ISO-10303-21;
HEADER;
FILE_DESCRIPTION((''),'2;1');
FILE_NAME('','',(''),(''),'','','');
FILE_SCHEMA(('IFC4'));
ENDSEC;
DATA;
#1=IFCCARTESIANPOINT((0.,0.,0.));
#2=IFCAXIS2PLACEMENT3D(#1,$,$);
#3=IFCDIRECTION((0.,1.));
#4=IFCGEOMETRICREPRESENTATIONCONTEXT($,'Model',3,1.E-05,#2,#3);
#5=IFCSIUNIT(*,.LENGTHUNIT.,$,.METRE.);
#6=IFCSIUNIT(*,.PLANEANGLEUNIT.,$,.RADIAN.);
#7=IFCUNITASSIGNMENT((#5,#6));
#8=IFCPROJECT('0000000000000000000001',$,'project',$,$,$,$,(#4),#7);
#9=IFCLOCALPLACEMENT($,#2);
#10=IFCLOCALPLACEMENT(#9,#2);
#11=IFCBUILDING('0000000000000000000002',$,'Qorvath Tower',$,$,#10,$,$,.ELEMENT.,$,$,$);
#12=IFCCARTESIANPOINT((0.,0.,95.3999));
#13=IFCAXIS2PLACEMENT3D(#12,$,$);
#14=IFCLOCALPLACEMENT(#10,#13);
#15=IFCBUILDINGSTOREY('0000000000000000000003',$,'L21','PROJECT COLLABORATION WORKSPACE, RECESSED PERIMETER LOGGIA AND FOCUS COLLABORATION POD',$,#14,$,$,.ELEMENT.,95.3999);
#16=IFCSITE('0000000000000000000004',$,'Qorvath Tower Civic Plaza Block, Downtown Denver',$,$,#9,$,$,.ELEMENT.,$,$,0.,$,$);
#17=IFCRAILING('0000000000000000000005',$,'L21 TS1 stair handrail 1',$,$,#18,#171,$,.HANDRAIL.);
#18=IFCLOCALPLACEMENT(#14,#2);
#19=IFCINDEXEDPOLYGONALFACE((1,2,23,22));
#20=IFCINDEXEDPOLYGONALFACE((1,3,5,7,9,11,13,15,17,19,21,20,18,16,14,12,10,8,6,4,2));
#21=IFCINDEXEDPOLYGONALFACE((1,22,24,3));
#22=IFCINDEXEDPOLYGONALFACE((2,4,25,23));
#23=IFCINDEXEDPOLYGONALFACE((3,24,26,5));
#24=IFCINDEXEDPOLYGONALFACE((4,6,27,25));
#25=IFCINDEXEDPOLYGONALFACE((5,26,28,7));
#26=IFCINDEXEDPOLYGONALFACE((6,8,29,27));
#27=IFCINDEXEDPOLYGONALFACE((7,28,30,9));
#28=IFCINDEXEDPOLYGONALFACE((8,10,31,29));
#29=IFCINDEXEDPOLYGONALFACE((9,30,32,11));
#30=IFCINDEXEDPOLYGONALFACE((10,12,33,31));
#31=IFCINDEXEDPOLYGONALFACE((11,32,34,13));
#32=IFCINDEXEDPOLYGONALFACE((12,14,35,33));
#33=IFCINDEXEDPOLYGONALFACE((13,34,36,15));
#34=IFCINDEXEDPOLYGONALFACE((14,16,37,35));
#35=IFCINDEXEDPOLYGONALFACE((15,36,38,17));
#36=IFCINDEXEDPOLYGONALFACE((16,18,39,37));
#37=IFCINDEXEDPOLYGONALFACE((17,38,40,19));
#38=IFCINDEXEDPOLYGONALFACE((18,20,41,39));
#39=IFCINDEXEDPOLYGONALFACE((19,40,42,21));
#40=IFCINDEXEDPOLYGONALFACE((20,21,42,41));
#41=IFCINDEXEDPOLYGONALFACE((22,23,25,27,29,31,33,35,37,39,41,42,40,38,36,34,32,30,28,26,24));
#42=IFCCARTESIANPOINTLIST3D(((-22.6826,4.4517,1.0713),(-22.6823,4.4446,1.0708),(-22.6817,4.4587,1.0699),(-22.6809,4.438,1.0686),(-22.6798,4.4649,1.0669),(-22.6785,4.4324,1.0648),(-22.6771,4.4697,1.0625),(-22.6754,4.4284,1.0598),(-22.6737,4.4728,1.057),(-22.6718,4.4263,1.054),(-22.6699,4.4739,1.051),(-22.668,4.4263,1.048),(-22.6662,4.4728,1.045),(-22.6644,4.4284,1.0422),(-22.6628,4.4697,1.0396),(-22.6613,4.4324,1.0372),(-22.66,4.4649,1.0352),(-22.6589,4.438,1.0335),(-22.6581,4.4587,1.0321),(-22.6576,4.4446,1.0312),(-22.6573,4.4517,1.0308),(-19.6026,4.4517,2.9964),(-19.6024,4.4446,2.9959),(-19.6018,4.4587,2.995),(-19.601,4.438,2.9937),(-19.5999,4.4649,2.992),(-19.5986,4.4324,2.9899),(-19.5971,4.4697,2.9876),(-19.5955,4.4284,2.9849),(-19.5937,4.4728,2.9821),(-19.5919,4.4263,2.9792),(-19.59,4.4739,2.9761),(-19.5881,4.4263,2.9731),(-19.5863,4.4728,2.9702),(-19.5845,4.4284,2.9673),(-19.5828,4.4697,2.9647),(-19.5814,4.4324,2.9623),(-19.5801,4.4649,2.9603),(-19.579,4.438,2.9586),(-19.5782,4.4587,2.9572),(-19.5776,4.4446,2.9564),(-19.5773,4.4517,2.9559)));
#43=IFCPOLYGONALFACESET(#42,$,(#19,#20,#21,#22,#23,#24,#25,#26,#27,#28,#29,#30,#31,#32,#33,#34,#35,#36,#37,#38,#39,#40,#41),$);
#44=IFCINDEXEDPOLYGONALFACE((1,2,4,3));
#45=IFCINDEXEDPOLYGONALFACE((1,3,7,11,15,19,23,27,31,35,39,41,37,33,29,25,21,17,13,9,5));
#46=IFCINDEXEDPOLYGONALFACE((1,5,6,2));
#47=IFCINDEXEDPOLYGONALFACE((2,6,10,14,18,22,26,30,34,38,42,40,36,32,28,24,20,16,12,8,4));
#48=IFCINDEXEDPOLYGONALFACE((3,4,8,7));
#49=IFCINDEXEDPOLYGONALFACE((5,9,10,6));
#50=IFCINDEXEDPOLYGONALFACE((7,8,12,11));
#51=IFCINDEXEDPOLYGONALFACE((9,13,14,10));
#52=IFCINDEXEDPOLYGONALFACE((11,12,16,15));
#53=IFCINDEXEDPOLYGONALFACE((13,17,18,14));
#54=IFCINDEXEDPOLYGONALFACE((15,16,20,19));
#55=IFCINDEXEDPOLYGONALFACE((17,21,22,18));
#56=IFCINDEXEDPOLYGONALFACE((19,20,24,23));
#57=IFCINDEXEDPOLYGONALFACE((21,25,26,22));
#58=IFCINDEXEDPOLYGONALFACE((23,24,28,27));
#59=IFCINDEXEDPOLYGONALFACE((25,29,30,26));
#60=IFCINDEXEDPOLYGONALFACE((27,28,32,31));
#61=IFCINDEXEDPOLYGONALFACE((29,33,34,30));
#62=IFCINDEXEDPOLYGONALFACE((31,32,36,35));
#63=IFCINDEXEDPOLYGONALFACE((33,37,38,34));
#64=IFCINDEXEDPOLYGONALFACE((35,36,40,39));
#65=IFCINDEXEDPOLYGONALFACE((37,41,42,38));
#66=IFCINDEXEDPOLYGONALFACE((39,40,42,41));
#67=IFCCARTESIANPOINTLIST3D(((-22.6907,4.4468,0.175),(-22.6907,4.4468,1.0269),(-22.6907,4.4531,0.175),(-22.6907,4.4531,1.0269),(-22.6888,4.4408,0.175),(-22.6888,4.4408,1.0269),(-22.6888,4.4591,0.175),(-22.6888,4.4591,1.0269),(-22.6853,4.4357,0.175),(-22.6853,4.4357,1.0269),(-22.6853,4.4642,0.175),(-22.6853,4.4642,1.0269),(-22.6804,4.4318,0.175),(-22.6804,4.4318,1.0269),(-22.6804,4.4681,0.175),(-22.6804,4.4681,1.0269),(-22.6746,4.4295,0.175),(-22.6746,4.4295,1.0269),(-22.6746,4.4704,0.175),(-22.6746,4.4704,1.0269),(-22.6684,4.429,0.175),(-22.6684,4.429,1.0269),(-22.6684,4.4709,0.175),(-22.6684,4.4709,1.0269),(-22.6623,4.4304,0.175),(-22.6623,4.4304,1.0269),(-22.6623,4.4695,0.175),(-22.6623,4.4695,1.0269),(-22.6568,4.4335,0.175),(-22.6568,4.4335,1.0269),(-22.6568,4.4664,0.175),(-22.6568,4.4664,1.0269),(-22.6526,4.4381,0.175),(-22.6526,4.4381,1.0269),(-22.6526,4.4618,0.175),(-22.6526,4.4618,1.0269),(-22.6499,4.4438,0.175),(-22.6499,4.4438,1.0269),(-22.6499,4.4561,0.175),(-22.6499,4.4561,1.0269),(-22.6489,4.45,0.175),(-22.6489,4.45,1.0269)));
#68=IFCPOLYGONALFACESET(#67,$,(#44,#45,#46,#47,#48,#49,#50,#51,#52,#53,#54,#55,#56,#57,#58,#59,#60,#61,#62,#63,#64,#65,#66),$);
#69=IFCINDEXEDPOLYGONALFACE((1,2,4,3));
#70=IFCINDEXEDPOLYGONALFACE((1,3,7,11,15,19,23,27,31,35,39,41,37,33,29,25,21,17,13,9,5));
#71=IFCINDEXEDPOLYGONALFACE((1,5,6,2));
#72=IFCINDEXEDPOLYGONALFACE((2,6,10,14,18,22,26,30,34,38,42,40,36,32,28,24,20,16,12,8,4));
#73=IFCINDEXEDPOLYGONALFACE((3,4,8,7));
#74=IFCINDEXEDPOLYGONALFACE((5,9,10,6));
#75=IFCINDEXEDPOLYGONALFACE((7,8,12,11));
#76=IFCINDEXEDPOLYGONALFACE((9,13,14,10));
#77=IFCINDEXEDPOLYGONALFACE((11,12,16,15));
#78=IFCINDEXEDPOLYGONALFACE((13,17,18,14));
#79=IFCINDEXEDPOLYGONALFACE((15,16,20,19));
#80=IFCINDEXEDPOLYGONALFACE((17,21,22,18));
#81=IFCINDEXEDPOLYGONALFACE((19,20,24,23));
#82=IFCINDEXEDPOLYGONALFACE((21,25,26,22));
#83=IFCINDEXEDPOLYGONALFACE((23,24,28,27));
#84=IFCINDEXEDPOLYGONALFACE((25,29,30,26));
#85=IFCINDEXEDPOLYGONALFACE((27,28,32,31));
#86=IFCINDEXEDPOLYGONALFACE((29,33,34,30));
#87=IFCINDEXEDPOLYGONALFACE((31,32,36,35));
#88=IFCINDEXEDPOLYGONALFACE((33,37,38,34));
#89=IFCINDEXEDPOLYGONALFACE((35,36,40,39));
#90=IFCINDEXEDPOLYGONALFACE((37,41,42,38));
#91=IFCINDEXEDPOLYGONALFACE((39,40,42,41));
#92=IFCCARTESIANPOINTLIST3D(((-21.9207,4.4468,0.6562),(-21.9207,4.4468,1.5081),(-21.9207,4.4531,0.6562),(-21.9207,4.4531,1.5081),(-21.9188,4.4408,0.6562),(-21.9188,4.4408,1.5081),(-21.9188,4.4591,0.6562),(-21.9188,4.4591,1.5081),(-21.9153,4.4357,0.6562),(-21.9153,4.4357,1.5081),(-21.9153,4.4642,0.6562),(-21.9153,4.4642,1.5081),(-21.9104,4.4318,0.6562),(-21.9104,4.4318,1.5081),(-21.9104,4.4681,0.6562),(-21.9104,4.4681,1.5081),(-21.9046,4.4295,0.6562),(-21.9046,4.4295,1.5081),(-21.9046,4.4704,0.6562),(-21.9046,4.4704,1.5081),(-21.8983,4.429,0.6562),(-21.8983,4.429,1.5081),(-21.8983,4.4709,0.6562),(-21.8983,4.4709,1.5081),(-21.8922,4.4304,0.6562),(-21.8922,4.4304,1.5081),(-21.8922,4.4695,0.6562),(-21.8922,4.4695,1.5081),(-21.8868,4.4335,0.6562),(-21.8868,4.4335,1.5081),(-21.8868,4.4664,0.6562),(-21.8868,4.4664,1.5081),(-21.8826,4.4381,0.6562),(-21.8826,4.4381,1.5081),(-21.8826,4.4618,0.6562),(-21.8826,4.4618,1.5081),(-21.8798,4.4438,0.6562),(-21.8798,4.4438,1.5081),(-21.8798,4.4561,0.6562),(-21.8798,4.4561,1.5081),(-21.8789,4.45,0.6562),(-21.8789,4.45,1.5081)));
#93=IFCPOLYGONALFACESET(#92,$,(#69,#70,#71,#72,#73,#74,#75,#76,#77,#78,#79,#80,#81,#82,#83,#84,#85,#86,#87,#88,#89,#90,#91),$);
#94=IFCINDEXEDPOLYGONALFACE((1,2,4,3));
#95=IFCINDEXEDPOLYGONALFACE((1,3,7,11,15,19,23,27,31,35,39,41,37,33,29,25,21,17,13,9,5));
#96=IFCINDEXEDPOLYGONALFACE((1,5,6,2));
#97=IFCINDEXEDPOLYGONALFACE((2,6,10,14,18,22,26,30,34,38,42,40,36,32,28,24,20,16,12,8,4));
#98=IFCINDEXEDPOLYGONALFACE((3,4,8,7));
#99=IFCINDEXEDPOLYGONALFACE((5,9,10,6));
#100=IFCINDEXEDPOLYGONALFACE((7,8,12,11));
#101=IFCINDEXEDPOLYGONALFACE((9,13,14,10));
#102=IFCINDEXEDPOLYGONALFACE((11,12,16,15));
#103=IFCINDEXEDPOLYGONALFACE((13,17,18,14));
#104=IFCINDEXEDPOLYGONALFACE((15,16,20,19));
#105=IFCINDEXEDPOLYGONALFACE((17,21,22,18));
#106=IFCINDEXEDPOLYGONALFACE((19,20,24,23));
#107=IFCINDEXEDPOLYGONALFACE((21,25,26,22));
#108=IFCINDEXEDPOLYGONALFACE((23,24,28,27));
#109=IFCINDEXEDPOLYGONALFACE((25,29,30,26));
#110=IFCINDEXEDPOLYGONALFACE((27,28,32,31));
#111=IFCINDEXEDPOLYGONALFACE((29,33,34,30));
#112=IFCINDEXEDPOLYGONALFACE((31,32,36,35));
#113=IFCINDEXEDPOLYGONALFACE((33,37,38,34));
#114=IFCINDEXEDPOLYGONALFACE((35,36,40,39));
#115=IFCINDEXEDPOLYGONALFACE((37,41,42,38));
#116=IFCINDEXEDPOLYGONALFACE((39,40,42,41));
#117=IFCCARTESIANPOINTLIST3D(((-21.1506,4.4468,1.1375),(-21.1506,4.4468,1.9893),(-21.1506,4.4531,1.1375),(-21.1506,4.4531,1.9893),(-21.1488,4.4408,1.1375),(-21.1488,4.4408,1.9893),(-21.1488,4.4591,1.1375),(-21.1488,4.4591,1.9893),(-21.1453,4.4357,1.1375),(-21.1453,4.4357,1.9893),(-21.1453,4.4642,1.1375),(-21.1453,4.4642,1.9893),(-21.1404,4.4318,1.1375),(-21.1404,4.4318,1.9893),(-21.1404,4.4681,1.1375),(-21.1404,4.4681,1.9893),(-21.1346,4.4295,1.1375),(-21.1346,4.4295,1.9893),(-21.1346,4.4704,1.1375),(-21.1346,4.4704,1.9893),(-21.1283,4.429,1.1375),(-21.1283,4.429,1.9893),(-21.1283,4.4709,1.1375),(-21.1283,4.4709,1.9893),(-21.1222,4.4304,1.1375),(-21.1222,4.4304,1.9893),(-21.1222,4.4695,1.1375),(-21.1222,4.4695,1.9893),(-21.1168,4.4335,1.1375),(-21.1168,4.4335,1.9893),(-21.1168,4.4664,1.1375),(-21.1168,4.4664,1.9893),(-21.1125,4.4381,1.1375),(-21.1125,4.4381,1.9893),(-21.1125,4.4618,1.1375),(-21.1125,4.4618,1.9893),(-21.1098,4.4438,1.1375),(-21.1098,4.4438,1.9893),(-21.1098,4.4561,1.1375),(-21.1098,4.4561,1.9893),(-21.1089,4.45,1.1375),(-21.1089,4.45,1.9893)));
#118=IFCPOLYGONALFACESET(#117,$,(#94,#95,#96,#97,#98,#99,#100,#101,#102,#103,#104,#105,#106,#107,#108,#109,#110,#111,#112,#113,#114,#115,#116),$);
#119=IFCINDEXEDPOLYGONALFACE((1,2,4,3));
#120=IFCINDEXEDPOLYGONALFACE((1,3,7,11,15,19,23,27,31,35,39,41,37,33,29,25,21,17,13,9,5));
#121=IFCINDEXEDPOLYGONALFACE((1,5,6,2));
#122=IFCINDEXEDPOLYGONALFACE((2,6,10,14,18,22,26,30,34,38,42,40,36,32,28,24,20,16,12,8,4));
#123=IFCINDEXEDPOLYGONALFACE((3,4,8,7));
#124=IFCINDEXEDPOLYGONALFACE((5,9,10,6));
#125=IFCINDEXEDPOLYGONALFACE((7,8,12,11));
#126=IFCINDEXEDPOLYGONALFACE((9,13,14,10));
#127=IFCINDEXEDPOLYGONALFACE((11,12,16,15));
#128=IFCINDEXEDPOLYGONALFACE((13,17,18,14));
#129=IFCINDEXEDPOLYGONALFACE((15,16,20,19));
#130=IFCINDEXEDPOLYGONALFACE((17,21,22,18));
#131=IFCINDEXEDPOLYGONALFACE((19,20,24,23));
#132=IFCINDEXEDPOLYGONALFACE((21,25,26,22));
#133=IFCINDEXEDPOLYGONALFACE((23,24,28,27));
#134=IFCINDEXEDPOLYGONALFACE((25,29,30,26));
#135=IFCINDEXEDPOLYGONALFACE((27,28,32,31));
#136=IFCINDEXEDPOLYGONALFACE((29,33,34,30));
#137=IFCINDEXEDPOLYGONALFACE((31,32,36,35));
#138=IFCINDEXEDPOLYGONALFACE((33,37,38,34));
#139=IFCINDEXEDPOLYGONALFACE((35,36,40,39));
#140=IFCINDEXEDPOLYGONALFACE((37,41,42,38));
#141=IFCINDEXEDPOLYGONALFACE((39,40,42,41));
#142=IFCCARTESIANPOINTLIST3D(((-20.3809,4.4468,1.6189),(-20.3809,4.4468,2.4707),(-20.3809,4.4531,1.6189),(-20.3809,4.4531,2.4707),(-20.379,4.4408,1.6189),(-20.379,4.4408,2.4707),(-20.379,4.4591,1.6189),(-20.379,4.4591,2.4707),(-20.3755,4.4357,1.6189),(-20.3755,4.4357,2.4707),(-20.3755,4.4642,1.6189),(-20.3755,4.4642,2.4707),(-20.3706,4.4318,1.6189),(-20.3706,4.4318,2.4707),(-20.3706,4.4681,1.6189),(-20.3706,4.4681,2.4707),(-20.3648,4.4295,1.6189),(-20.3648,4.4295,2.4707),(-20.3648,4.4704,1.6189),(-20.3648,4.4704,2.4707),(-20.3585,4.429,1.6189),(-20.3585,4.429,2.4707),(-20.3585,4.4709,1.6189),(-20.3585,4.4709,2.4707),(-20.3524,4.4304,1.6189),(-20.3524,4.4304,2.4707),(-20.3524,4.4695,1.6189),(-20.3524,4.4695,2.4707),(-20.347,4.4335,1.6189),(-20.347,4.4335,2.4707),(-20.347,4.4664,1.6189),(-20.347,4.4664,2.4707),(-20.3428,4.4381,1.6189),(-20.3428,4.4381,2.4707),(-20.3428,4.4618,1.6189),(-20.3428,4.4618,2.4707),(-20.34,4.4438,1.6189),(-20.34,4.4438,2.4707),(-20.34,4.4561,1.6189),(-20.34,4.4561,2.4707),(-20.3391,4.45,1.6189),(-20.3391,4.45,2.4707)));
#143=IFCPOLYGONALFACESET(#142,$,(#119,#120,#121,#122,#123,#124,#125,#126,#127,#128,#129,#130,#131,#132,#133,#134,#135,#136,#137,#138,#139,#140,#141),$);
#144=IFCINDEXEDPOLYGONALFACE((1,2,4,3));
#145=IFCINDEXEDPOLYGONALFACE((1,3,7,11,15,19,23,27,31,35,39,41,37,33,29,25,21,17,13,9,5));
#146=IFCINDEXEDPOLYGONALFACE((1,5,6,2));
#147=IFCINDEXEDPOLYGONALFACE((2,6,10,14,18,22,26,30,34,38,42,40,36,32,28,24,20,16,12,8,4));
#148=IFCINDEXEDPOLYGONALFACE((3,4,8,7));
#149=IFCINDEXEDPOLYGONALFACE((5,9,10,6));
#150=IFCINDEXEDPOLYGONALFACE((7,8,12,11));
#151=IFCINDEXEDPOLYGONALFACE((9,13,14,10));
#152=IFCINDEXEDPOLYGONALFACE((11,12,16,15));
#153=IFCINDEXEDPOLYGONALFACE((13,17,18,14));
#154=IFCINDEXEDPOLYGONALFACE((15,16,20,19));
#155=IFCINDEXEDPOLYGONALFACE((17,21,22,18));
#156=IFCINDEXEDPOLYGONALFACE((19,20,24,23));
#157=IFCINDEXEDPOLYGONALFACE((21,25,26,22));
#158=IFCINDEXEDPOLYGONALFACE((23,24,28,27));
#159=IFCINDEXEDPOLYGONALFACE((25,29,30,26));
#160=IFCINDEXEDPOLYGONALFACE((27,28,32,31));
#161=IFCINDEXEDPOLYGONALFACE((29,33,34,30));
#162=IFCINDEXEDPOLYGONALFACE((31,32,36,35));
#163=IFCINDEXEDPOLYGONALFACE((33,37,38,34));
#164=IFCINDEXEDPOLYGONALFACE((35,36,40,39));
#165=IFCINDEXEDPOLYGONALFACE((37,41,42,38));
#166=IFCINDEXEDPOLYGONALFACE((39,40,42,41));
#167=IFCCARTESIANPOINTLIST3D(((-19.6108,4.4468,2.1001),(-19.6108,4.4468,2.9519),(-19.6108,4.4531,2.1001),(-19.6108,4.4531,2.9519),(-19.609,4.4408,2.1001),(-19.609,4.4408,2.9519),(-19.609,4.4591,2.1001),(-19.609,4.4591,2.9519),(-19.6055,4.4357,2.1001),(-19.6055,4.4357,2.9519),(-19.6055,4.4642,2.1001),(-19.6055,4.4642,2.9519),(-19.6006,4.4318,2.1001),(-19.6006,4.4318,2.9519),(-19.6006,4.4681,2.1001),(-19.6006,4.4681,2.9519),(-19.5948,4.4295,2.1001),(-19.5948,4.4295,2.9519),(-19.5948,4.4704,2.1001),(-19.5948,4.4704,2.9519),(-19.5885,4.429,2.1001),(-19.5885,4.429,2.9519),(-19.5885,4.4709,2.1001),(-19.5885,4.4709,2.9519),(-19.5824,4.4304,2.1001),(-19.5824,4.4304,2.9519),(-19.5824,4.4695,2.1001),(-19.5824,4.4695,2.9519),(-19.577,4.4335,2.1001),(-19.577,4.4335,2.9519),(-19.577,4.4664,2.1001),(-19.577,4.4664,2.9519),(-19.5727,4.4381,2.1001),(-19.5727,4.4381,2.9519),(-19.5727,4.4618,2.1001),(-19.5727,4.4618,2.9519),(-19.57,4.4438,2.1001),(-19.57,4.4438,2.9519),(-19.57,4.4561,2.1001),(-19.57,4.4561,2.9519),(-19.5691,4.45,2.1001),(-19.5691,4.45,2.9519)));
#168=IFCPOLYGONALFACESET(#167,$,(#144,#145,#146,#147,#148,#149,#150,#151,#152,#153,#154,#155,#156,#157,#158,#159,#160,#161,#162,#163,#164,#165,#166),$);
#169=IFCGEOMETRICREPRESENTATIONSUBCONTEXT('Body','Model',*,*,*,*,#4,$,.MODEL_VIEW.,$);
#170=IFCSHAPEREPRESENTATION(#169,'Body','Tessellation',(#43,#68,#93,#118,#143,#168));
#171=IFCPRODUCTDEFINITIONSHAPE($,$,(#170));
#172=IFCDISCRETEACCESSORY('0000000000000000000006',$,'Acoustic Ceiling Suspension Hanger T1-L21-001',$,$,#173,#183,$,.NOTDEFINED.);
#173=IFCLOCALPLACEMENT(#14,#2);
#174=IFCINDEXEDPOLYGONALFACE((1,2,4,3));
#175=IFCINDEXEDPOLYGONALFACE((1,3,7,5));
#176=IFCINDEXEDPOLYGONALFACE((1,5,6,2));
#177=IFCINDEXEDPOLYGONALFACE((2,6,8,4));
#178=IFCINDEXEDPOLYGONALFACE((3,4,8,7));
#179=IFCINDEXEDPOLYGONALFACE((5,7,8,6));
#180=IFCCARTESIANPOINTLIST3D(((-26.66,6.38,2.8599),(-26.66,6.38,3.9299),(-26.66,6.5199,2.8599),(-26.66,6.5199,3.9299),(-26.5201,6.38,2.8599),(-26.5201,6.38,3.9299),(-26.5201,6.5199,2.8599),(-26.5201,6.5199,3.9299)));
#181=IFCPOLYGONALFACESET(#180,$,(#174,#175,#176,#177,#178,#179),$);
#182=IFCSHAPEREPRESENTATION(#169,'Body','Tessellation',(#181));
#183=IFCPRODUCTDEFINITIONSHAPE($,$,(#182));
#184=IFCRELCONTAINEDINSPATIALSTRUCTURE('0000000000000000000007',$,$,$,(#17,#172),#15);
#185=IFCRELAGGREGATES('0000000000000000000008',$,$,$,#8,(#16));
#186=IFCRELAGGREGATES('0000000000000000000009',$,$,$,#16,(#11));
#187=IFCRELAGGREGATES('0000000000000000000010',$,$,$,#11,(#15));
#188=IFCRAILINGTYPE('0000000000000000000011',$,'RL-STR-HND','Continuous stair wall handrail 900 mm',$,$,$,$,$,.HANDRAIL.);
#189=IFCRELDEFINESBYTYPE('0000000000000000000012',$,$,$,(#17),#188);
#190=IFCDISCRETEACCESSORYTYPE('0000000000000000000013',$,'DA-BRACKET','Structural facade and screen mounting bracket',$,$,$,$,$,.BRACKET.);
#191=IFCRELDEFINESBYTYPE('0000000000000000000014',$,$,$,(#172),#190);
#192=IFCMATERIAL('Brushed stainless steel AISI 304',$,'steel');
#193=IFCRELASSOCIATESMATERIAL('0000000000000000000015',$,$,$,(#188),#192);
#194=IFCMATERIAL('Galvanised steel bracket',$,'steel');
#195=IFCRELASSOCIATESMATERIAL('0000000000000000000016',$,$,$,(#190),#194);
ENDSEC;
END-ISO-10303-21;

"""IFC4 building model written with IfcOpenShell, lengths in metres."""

from ifc_helpers import new_model, si_unit, direction, frame, origin, origin_2d, place, context, subcontext, project, spatial, rectangle, circle, extrude, material, type_object, element, save


model = new_model("IFC4")

# Units and contexts
model_context = context("Model", 3, precision=1e-05, world=origin(), true_north=direction((0.0, 1.0)))
body_context = subcontext(model_context, "Body", "Model", "MODEL_VIEW")
ifc_project = project(units=[si_unit("LENGTHUNIT", "METRE"), si_unit("PLANEANGLEUNIT", "RADIAN")], contexts=[model_context])

# Site, building, storey
site_placement = place(None, origin())
site = spatial("IfcSite", under=ifc_project, at=site_placement, Name="Qorvath Tower Civic Plaza Block, Downtown Denver", CompositionType="ELEMENT", RefElevation=0.0)
building_placement = place(site_placement, origin())
building = spatial("IfcBuilding", under=site, at=building_placement, Name="Qorvath Tower", CompositionType="ELEMENT")
storey_placement = place(building_placement, frame((0.0, 0.0, 95.3999)))
storey = spatial("IfcBuildingStorey", under=building, at=storey_placement, Name="L21", Description="PROJECT COLLABORATION WORKSPACE, RECESSED PERIMETER LOGGIA AND FOCUS COLLABORATION POD", CompositionType="ELEMENT", Elevation=95.3999)

# Railing
ifc_material_1 = material(Name="Brushed stainless steel AISI 304", Category="steel")
railing_type_1 = type_object("IfcRailingType", Name="RL-STR-HND", Description="Continuous stair wall handrail 900 mm", PredefinedType="HANDRAIL", material=ifc_material_1)
railing_1_placement = place(storey_placement, frame((-22.6699, 4.45, 0.175)))
element("IfcRailing", 1, at=railing_1_placement, inside=storey, type_object=railing_type_1, Name="L21 TS1 stair handrail 1", PredefinedType="HANDRAIL", context=body_context, shape_type="SweptSolid", body=[
    extrude(circle(Radius=0.0239, at=origin_2d()), frame((0.0, 0.0, 0.876), z_axis=(0.847979, 0.0, 0.530029), x_axis=(0.0, 1.0, 0.0)), (0.0, 0.0, 1.0), 3.6321),
    extrude(circle(Radius=0.021, at=origin_2d()), origin(), (0.0, 0.0, 1.0), 0.8518),
    extrude(circle(Radius=0.021, at=origin_2d()), frame((0.77, 0.0, 0.4812)), (0.0, 0.0, 1.0), 0.8518),
    extrude(circle(Radius=0.021, at=origin_2d()), frame((1.54, 0.0, 0.9624)), (0.0, 0.0, 1.0), 0.8518),
    extrude(circle(Radius=0.021, at=origin_2d()), frame((2.3098, 0.0, 1.4438)), (0.0, 0.0, 1.0), 0.8518),
    extrude(circle(Radius=0.021, at=origin_2d()), frame((3.0798, 0.0, 1.925)), (0.0, 0.0, 1.0), 0.8518),
])

# Discrete accessory
ifc_material_2 = material(Name="Galvanised steel bracket", Category="steel")
discrete_accessory_type = type_object("IfcDiscreteAccessoryType", Name="DA-BRACKET", Description="Structural facade and screen mounting bracket", PredefinedType="BRACKET", material=ifc_material_2)
discrete_accessory_placement = place(storey_placement, frame((-26.5901, 6.45, 2.8599), z_axis=(0.0, 0.0, 1.0), x_axis=(1.0, 0.0, 0.0)))
element("IfcDiscreteAccessory", 2, at=discrete_accessory_placement, inside=storey, type_object=discrete_accessory_type, Name="Acoustic Ceiling Suspension Hanger T1-L21-001", PredefinedType="NOTDEFINED", context=body_context, shape_type="SweptSolid", body=[
    extrude(rectangle(XDim=0.1399, YDim=0.1399, at=origin_2d()), origin(), (0.0, 0.0, 1.0), 1.0701),
])

save(model, "model.ifc")
